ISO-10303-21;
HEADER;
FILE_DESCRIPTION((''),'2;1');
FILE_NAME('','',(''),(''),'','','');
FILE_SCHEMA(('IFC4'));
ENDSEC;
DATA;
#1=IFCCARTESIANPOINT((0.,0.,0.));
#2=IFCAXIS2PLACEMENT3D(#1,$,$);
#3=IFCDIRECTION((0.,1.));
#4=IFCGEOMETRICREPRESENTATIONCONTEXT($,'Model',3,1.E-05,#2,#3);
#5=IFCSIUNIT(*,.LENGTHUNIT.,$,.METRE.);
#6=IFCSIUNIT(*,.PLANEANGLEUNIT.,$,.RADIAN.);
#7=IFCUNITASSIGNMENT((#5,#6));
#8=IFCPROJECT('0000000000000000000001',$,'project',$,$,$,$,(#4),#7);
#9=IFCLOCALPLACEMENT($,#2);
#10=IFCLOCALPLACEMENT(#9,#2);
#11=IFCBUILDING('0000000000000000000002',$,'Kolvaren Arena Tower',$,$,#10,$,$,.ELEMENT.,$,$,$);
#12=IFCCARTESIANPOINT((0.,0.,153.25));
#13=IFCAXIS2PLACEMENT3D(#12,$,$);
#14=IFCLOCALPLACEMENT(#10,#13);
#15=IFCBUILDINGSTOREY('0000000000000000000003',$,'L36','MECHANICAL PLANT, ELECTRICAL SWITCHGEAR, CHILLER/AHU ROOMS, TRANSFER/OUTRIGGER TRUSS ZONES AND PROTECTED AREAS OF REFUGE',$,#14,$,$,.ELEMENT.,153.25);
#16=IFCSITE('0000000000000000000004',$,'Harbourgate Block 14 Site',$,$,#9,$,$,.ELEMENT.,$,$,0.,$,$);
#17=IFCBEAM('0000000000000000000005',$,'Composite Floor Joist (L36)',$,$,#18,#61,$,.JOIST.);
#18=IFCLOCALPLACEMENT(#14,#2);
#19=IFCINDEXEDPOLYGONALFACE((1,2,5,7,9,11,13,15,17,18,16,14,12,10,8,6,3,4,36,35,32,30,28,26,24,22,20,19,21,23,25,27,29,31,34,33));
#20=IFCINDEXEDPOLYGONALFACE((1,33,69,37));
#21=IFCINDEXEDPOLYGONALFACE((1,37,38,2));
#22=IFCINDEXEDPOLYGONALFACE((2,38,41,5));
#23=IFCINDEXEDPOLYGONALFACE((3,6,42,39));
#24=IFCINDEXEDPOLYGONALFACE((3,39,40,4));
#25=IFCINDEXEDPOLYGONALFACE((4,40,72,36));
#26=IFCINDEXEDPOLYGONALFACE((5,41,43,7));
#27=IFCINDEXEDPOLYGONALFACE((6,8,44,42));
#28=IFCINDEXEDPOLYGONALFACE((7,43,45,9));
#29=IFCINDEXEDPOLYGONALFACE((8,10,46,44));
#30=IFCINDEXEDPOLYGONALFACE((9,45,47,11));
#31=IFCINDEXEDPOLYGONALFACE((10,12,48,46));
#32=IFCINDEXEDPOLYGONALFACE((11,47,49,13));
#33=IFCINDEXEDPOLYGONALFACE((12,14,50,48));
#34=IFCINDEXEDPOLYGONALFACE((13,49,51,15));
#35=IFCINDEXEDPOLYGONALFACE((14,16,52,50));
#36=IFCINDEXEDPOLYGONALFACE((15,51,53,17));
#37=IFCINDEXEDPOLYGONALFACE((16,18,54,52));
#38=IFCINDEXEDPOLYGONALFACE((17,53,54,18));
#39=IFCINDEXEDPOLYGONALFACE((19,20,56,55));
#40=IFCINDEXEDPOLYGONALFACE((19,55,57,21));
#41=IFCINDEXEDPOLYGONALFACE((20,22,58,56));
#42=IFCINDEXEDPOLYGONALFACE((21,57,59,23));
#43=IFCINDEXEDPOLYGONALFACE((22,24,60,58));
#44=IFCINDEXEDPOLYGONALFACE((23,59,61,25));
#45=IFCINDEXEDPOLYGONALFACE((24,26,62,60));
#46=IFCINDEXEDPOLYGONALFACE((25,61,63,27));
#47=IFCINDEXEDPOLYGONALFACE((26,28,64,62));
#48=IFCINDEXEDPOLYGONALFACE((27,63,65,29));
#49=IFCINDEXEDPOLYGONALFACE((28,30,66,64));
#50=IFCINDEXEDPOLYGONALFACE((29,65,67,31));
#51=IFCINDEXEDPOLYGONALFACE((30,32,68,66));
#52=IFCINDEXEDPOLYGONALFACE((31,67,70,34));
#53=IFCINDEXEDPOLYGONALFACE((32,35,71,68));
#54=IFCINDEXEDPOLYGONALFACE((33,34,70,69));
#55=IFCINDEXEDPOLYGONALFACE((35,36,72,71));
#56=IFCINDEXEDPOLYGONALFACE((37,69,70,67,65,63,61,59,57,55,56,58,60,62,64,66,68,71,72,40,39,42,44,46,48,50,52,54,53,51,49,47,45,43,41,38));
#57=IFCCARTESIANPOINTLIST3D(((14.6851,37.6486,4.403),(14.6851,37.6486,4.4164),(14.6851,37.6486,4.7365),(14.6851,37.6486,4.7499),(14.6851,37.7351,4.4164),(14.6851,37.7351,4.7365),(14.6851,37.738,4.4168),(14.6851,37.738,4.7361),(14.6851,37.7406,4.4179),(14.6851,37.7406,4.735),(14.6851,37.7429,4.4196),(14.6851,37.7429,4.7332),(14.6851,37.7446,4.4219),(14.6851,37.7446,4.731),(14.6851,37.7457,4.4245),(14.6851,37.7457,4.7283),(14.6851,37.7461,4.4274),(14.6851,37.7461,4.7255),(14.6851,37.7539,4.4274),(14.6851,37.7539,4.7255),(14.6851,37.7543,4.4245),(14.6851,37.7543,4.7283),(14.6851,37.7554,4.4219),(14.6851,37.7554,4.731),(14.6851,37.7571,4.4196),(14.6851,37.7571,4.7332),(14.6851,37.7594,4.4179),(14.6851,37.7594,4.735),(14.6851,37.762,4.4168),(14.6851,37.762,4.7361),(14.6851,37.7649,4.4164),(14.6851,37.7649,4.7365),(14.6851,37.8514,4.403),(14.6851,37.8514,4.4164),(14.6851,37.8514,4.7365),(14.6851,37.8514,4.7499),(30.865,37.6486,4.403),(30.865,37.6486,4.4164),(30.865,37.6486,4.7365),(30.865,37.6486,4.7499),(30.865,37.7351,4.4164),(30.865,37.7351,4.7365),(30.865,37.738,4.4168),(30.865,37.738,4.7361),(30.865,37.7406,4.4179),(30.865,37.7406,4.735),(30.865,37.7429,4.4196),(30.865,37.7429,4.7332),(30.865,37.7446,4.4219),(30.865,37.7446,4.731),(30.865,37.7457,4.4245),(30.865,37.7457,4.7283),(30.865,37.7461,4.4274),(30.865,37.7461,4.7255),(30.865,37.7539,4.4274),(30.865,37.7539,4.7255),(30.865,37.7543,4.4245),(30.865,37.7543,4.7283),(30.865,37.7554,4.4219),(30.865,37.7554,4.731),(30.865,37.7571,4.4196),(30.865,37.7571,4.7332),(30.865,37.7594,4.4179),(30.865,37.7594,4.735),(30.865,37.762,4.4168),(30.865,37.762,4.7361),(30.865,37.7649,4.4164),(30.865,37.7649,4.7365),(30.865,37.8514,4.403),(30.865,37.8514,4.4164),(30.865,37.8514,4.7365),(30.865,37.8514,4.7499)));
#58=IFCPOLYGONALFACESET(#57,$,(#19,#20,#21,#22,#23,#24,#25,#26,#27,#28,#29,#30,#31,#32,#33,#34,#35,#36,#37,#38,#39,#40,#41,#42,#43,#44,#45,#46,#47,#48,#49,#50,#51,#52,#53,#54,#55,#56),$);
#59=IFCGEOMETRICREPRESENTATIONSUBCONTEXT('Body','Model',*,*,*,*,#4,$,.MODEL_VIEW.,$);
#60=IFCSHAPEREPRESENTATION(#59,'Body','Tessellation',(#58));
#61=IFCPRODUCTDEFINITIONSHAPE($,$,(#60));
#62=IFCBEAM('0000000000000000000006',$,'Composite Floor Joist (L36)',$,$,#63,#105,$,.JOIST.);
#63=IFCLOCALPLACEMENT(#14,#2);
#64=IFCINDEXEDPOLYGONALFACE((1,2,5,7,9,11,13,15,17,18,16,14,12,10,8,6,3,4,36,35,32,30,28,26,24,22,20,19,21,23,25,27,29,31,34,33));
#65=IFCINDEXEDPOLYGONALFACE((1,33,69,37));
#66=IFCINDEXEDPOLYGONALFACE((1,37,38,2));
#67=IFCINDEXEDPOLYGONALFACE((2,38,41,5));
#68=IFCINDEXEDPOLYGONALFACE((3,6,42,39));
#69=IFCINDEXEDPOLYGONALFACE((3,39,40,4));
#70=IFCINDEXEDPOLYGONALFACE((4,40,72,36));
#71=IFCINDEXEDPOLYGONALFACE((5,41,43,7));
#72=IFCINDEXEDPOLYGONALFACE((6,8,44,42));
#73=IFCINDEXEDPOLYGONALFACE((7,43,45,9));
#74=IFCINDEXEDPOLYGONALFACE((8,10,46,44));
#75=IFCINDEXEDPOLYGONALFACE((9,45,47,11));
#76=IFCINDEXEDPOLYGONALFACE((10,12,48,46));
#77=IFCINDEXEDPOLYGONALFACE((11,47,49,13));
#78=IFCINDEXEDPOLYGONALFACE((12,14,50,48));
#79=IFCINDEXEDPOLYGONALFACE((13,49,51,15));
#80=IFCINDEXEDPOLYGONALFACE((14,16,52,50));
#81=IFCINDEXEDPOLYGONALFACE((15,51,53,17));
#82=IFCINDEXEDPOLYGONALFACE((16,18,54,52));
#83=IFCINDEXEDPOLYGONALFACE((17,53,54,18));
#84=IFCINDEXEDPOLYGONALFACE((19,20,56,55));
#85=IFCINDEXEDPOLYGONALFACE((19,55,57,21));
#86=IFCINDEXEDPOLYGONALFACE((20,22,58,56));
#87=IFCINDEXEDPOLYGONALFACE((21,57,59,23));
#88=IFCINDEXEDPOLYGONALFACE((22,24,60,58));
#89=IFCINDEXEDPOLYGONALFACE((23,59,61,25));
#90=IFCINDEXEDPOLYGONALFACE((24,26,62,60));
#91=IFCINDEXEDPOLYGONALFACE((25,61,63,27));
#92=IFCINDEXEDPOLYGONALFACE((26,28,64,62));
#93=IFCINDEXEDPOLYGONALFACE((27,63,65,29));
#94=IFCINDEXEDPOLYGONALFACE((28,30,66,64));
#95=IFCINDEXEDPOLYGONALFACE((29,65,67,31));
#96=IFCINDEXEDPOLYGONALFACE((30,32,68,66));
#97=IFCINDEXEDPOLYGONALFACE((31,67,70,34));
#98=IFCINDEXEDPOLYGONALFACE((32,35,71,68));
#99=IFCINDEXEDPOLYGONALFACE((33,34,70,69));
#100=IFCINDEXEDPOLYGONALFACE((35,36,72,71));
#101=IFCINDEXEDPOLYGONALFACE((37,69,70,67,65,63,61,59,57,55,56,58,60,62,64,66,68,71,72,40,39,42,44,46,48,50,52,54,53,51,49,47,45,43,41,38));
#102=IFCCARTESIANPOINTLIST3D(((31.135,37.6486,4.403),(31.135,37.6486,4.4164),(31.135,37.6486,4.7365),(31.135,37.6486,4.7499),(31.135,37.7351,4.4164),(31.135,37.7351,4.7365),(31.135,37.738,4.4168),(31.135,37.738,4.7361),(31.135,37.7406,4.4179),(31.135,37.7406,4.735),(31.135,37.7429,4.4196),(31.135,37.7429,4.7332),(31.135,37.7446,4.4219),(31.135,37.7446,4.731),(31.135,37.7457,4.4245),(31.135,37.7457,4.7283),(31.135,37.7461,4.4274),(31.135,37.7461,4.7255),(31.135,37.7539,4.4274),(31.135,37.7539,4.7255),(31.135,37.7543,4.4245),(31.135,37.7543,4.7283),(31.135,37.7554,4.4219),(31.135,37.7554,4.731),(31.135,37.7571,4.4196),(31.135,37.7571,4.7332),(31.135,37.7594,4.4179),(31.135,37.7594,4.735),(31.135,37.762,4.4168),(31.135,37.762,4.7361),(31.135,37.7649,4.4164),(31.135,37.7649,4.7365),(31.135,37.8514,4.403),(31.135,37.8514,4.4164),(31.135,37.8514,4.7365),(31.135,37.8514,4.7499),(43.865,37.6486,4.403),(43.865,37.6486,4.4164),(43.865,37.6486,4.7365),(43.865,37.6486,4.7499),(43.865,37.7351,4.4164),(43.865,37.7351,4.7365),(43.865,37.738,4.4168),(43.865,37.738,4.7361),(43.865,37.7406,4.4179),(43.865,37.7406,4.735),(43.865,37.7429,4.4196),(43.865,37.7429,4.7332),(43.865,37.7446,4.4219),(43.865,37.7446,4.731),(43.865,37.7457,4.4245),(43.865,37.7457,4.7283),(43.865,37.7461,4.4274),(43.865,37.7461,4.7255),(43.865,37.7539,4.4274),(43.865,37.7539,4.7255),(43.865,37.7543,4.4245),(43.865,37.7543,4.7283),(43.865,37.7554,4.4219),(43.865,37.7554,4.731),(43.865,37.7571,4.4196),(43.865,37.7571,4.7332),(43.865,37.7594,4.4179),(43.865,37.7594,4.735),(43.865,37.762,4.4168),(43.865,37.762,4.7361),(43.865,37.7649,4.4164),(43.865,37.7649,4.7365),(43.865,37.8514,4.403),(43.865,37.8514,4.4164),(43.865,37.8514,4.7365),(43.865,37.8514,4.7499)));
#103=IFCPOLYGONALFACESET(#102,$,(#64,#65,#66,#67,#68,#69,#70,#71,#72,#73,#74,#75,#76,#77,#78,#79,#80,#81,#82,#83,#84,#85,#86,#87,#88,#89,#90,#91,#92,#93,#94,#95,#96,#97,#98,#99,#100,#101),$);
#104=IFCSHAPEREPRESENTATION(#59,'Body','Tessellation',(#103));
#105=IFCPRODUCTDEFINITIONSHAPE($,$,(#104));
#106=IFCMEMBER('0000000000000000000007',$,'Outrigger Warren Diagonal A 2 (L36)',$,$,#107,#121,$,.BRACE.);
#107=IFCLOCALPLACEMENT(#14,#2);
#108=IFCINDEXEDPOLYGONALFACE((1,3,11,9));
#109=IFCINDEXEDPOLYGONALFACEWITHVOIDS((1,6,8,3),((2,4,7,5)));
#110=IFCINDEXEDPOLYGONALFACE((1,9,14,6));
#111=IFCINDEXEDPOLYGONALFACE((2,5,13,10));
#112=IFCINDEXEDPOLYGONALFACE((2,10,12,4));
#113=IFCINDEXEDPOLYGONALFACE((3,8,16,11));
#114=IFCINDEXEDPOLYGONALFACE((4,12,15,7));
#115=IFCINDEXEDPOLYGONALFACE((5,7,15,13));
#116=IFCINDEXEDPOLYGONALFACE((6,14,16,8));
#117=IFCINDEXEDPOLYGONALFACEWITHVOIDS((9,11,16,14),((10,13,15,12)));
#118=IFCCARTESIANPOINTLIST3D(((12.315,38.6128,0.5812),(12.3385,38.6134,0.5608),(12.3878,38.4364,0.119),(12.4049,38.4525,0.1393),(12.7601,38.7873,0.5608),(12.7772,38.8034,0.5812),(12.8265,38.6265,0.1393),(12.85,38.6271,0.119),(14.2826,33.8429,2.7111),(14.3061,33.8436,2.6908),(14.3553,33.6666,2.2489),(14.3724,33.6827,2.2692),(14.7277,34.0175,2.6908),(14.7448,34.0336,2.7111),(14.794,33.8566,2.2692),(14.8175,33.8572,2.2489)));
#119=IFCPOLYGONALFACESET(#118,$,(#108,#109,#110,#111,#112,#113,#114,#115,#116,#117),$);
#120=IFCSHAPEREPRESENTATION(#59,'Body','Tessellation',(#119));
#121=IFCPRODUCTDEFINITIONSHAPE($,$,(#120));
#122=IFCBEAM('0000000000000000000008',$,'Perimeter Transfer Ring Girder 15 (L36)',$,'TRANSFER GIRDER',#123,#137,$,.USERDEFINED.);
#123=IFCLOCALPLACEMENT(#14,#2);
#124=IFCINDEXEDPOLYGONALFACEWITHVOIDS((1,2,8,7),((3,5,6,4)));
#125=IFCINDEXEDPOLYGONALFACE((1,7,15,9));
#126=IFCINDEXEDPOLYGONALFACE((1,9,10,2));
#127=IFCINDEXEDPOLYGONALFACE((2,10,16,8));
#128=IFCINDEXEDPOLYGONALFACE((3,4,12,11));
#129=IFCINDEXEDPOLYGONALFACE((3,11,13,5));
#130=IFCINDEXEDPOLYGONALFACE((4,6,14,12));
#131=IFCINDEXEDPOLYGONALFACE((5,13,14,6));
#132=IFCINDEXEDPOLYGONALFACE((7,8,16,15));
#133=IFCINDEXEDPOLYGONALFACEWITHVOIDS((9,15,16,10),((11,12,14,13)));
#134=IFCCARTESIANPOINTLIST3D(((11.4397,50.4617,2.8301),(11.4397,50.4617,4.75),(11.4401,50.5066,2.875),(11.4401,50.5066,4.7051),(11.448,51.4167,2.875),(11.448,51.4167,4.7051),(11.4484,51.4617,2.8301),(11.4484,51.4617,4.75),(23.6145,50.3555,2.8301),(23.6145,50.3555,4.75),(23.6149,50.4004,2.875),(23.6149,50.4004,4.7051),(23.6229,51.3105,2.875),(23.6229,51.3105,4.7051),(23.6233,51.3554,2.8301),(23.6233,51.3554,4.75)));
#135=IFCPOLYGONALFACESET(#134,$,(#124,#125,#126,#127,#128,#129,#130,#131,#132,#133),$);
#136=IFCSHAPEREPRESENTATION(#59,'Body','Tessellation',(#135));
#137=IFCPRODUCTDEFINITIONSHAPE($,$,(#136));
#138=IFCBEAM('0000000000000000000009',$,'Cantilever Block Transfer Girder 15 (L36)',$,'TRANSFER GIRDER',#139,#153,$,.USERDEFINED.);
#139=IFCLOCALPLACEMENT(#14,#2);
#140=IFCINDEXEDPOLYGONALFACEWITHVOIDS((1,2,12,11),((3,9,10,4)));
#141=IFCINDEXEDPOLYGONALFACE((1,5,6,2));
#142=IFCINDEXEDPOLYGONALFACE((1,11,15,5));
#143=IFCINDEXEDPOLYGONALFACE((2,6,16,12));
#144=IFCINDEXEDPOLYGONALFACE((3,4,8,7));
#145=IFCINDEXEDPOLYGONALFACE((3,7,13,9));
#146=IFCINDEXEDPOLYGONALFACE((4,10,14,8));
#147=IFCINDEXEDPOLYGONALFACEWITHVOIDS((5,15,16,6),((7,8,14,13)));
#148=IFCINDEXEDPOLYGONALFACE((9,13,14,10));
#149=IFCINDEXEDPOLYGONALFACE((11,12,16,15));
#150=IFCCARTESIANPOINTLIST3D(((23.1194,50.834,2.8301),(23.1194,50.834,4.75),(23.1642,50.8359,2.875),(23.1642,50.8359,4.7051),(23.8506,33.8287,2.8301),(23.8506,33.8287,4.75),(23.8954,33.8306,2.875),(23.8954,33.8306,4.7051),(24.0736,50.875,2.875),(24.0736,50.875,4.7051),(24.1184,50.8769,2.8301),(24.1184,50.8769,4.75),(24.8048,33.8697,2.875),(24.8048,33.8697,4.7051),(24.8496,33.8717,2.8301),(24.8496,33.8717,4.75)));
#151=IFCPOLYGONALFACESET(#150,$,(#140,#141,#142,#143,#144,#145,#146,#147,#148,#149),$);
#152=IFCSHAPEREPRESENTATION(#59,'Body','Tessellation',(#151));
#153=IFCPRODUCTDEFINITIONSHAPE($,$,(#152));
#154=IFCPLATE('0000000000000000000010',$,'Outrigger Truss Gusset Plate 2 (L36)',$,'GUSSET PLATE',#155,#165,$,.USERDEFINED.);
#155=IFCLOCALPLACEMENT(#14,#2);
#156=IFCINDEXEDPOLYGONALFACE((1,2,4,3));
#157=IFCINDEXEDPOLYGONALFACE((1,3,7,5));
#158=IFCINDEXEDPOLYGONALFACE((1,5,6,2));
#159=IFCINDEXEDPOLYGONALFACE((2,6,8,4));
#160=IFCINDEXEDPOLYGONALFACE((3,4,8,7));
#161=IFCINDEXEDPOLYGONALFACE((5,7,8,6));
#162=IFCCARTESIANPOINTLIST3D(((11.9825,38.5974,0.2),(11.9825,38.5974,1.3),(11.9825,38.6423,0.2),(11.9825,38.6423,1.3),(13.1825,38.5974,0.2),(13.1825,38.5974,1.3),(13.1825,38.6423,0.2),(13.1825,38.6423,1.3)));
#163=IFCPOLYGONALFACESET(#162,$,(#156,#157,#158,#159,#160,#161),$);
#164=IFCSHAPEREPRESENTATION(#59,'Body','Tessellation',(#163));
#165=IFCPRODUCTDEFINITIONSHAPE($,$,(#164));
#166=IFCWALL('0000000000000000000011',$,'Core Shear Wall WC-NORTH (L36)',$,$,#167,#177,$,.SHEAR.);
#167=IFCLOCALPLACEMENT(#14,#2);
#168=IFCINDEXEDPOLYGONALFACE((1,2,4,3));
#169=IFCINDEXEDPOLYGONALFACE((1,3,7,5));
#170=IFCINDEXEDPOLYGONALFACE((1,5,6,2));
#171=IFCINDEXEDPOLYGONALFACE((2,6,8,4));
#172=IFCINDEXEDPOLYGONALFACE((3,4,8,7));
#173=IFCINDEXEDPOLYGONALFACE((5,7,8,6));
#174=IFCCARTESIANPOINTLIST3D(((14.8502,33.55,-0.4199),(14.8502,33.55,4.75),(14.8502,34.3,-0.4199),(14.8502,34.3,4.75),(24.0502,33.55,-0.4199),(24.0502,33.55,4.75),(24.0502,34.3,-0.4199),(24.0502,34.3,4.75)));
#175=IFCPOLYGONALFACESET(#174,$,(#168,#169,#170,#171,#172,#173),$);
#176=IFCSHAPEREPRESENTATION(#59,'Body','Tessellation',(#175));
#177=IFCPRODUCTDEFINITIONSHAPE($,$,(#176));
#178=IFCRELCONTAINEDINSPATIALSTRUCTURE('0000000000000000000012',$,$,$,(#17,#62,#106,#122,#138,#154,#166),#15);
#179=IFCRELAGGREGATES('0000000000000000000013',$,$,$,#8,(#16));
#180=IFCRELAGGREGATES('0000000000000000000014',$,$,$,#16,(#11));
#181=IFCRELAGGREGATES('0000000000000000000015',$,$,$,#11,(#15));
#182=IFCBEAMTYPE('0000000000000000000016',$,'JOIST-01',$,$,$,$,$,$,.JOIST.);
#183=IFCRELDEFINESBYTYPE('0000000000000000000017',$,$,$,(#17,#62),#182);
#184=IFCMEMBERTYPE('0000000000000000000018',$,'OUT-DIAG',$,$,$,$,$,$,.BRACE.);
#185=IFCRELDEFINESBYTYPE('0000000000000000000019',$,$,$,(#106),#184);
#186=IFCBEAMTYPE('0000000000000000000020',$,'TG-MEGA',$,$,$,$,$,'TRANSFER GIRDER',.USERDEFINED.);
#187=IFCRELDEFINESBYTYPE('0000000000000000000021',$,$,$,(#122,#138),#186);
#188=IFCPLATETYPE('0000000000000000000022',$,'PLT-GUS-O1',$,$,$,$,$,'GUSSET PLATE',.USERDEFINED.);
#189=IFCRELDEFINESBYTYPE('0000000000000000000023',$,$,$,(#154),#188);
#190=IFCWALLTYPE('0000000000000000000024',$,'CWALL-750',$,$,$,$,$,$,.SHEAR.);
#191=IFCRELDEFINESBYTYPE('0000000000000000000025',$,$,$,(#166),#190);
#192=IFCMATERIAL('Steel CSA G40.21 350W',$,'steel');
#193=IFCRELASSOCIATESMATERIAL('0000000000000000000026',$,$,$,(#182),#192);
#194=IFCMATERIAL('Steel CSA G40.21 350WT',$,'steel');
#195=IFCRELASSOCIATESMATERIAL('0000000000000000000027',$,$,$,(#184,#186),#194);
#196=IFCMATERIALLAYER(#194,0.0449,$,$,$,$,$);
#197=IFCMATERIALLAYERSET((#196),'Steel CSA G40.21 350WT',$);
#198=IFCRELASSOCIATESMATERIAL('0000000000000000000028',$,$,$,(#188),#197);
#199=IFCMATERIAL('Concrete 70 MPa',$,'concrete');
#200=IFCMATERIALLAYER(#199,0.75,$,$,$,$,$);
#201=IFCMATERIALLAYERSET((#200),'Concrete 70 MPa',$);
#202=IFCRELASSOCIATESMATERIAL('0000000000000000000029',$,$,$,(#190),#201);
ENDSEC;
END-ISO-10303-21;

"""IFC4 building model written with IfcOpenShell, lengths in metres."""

from ifc_helpers import new_model, si_unit, direction, frame, frame_2d, origin, origin_2d, place, context, subcontext, project, spatial, rectangle, hollow_rectangle, i_section, extrude, material, layer, layer_set, material_profile, profile_set, type_object, element, save


model = new_model("IFC4")

# Units and contexts
model_context = context("Model", 3, precision=1e-05, world=origin(), true_north=direction((0.0, 1.0)))
body_context = subcontext(model_context, "Body", "Model", "MODEL_VIEW")
ifc_project = project(units=[si_unit("LENGTHUNIT", "METRE"), si_unit("PLANEANGLEUNIT", "RADIAN")], contexts=[model_context])

# Site, building, storey
site_placement = place(None, origin())
site = spatial("IfcSite", under=ifc_project, at=site_placement, Name="Harbourgate Block 14 Site", CompositionType="ELEMENT", RefElevation=0.0)
building_placement = place(site_placement, origin())
building = spatial("IfcBuilding", under=site, at=building_placement, Name="Kolvaren Arena Tower", CompositionType="ELEMENT")
storey_placement = place(building_placement, frame((0.0, 0.0, 153.25)))
storey = spatial("IfcBuildingStorey", under=building, at=storey_placement, Name="L36", Description="MECHANICAL PLANT, ELECTRICAL SWITCHGEAR, CHILLER/AHU ROOMS, TRANSFER/OUTRIGGER TRUSS ZONES AND PROTECTED AREAS OF REFUGE", CompositionType="ELEMENT", Elevation=153.25)

# Shared definitions
ifc_material_1 = material(Name="Steel CSA G40.21 350W", Category="steel")

# Shared definitions
ifc_material_2 = material(Name="Steel CSA G40.21 350WT", Category="steel")

# Beams
ifc_material_profile_1 = material_profile(ifc_material_1, i_section(OverallWidth=0.2029, OverallDepth=0.3469, WebThickness=0.0078, FlangeThickness=0.0134, FilletRadius=0.011, at=origin_2d()), Name="W360x64")
ifc_profile_set_1 = profile_set([ifc_material_profile_1], Name="Steel CSA G40.21 350W")
beam_type_1 = type_object("IfcBeamType", Name="JOIST-01", PredefinedType="JOIST", material=ifc_profile_set_1)
beam_1_placement = place(storey_placement, frame((14.6851, 37.75, 4.5764), z_axis=(1.0, 0.0, 0.0), x_axis=(0.0, 1.0, 0.0)))
element("IfcBeam", 1, at=beam_1_placement, inside=storey, type_object=beam_type_1, Name="Composite Floor Joist (L36)", PredefinedType="JOIST", context=body_context, shape_type="SweptSolid", body=[
    extrude(i_section(OverallWidth=0.2029, OverallDepth=0.3469, WebThickness=0.0078, FlangeThickness=0.0134, FilletRadius=0.011, at=origin_2d()), origin(), (0.0, 0.0, 1.0), 16.1799),
])
beam_2_placement = place(storey_placement, frame((31.135, 37.75, 4.5764), z_axis=(1.0, 0.0, 0.0), x_axis=(0.0, 1.0, 0.0)))
element("IfcBeam", 2, at=beam_2_placement, inside=storey, type_object=beam_type_1, Name="Composite Floor Joist (L36)", PredefinedType="JOIST", context=body_context, shape_type="SweptSolid", body=[
    extrude(i_section(OverallWidth=0.2029, OverallDepth=0.3469, WebThickness=0.0078, FlangeThickness=0.0134, FilletRadius=0.011, at=origin_2d()), origin(), (0.0, 0.0, 1.0), 12.73),
])

# Member
ifc_material_profile_2 = material_profile(ifc_material_2, hollow_rectangle(XDim=0.5, YDim=0.5, WallThickness=0.022, at=origin_2d()), Name="HSS 500x500x22")
ifc_profile_set_2 = profile_set([ifc_material_profile_2], Name="Steel CSA G40.21 350WT")
member_type_1 = type_object("IfcMemberType", Name="OUT-DIAG", PredefinedType="BRACE", material=ifc_profile_set_2)
member_1_placement = place(storey_placement, frame((14.55, 33.8501, 2.48), z_axis=(-0.35248, 0.854498, -0.381565), x_axis=(-0.924439, -0.38133, 0.0)))
element("IfcMember", 3, at=member_1_placement, inside=storey, type_object=member_type_1, Name="Outrigger Warren Diagonal A 2 (L36)", PredefinedType="BRACE", context=body_context, shape_type="SweptSolid", body=[
    extrude(hollow_rectangle(XDim=0.5, YDim=0.5, WallThickness=0.022, at=origin_2d()), origin(), (0.0, 0.0, 1.0), 5.582),
])

# Beams
ifc_material_profile_3 = material_profile(ifc_material_2, hollow_rectangle(XDim=1.0, YDim=1.9199, WallThickness=0.0449, at=origin_2d()), Name="BOX 1000x1920x45")
ifc_profile_set_3 = profile_set([ifc_material_profile_3], Name="Steel CSA G40.21 350WT")
beam_type_2 = type_object("IfcBeamType", Name="TG-MEGA", ElementType="TRANSFER GIRDER", PredefinedType="USERDEFINED", material=ifc_profile_set_3)
beam_3_placement = place(storey_placement, frame((23.6189, 50.8555, 3.79), z_axis=(-0.999962, 0.008723, 0.0), x_axis=(-0.008723, -0.999962, 0.0)))
element("IfcBeam", 4, at=beam_3_placement, inside=storey, type_object=beam_type_2, Name="Perimeter Transfer Ring Girder 15 (L36)", ObjectType="TRANSFER GIRDER", PredefinedType="USERDEFINED", context=body_context, shape_type="SweptSolid", body=[
    extrude(hollow_rectangle(XDim=1.0, YDim=1.9199, WallThickness=0.0449, at=origin_2d()), origin(), (0.0, 0.0, 1.0), 12.1753),
])
beam_4_placement = place(storey_placement, frame((23.6189, 50.8555, 3.79), z_axis=(0.042959, -0.999077, 0.0), x_axis=(0.999077, 0.042959, 0.0)))
element("IfcBeam", 5, at=beam_4_placement, inside=storey, type_object=beam_type_2, Name="Cantilever Block Transfer Girder 15 (L36)", ObjectType="TRANSFER GIRDER", PredefinedType="USERDEFINED", context=body_context, shape_type="SweptSolid", body=[
    extrude(hollow_rectangle(XDim=1.0, YDim=1.9199, WallThickness=0.0449, at=origin_2d()), origin(), (0.0, 0.0, 1.0), 17.021),
])

# Plate
ifc_layer_1 = layer(ifc_material_2, 0.0449)
ifc_layer_set_1 = layer_set([ifc_layer_1], Name="Steel CSA G40.21 350WT")
plate_type = type_object("IfcPlateType", Name="PLT-GUS-O1", ElementType="GUSSET PLATE", PredefinedType="USERDEFINED", material=ifc_layer_set_1)
plate_placement = place(storey_placement, frame((12.5825, 38.6199, 0.2), z_axis=(0.0, 0.0, 1.0), x_axis=(1.0, 0.0, 0.0)))
element("IfcPlate", 6, at=plate_placement, inside=storey, type_object=plate_type, Name="Outrigger Truss Gusset Plate 2 (L36)", ObjectType="GUSSET PLATE", PredefinedType="USERDEFINED", context=body_context, shape_type="SweptSolid", body=[
    extrude(rectangle(XDim=1.2, YDim=0.0449, at=origin_2d()), origin(), (0.0, 0.0, 1.0), 1.1001),
])

# Wall
ifc_material_3 = material(Name="Concrete 70 MPa", Category="concrete")
ifc_layer_2 = layer(ifc_material_3, 0.75)
ifc_layer_set_2 = layer_set([ifc_layer_2], Name="Concrete 70 MPa")
wall_type_1 = type_object("IfcWallType", Name="CWALL-750", PredefinedType="SHEAR", material=ifc_layer_set_2)
wall_1_placement = place(storey_placement, frame((14.8501, 33.925, -0.4199), z_axis=(0.0, 0.0, 1.0), x_axis=(1.0, 0.0, 0.0)))
element("IfcWall", 7, at=wall_1_placement, inside=storey, type_object=wall_type_1, Name="Core Shear Wall WC-NORTH (L36)", PredefinedType="SHEAR", context=body_context, shape_type="SweptSolid", body=[
    extrude(rectangle(XDim=9.2, YDim=0.75, at=frame_2d((4.6001, 0.0))), origin(), (0.0, 0.0, 1.0), 5.1699),
])

save(model, "model.ifc")
